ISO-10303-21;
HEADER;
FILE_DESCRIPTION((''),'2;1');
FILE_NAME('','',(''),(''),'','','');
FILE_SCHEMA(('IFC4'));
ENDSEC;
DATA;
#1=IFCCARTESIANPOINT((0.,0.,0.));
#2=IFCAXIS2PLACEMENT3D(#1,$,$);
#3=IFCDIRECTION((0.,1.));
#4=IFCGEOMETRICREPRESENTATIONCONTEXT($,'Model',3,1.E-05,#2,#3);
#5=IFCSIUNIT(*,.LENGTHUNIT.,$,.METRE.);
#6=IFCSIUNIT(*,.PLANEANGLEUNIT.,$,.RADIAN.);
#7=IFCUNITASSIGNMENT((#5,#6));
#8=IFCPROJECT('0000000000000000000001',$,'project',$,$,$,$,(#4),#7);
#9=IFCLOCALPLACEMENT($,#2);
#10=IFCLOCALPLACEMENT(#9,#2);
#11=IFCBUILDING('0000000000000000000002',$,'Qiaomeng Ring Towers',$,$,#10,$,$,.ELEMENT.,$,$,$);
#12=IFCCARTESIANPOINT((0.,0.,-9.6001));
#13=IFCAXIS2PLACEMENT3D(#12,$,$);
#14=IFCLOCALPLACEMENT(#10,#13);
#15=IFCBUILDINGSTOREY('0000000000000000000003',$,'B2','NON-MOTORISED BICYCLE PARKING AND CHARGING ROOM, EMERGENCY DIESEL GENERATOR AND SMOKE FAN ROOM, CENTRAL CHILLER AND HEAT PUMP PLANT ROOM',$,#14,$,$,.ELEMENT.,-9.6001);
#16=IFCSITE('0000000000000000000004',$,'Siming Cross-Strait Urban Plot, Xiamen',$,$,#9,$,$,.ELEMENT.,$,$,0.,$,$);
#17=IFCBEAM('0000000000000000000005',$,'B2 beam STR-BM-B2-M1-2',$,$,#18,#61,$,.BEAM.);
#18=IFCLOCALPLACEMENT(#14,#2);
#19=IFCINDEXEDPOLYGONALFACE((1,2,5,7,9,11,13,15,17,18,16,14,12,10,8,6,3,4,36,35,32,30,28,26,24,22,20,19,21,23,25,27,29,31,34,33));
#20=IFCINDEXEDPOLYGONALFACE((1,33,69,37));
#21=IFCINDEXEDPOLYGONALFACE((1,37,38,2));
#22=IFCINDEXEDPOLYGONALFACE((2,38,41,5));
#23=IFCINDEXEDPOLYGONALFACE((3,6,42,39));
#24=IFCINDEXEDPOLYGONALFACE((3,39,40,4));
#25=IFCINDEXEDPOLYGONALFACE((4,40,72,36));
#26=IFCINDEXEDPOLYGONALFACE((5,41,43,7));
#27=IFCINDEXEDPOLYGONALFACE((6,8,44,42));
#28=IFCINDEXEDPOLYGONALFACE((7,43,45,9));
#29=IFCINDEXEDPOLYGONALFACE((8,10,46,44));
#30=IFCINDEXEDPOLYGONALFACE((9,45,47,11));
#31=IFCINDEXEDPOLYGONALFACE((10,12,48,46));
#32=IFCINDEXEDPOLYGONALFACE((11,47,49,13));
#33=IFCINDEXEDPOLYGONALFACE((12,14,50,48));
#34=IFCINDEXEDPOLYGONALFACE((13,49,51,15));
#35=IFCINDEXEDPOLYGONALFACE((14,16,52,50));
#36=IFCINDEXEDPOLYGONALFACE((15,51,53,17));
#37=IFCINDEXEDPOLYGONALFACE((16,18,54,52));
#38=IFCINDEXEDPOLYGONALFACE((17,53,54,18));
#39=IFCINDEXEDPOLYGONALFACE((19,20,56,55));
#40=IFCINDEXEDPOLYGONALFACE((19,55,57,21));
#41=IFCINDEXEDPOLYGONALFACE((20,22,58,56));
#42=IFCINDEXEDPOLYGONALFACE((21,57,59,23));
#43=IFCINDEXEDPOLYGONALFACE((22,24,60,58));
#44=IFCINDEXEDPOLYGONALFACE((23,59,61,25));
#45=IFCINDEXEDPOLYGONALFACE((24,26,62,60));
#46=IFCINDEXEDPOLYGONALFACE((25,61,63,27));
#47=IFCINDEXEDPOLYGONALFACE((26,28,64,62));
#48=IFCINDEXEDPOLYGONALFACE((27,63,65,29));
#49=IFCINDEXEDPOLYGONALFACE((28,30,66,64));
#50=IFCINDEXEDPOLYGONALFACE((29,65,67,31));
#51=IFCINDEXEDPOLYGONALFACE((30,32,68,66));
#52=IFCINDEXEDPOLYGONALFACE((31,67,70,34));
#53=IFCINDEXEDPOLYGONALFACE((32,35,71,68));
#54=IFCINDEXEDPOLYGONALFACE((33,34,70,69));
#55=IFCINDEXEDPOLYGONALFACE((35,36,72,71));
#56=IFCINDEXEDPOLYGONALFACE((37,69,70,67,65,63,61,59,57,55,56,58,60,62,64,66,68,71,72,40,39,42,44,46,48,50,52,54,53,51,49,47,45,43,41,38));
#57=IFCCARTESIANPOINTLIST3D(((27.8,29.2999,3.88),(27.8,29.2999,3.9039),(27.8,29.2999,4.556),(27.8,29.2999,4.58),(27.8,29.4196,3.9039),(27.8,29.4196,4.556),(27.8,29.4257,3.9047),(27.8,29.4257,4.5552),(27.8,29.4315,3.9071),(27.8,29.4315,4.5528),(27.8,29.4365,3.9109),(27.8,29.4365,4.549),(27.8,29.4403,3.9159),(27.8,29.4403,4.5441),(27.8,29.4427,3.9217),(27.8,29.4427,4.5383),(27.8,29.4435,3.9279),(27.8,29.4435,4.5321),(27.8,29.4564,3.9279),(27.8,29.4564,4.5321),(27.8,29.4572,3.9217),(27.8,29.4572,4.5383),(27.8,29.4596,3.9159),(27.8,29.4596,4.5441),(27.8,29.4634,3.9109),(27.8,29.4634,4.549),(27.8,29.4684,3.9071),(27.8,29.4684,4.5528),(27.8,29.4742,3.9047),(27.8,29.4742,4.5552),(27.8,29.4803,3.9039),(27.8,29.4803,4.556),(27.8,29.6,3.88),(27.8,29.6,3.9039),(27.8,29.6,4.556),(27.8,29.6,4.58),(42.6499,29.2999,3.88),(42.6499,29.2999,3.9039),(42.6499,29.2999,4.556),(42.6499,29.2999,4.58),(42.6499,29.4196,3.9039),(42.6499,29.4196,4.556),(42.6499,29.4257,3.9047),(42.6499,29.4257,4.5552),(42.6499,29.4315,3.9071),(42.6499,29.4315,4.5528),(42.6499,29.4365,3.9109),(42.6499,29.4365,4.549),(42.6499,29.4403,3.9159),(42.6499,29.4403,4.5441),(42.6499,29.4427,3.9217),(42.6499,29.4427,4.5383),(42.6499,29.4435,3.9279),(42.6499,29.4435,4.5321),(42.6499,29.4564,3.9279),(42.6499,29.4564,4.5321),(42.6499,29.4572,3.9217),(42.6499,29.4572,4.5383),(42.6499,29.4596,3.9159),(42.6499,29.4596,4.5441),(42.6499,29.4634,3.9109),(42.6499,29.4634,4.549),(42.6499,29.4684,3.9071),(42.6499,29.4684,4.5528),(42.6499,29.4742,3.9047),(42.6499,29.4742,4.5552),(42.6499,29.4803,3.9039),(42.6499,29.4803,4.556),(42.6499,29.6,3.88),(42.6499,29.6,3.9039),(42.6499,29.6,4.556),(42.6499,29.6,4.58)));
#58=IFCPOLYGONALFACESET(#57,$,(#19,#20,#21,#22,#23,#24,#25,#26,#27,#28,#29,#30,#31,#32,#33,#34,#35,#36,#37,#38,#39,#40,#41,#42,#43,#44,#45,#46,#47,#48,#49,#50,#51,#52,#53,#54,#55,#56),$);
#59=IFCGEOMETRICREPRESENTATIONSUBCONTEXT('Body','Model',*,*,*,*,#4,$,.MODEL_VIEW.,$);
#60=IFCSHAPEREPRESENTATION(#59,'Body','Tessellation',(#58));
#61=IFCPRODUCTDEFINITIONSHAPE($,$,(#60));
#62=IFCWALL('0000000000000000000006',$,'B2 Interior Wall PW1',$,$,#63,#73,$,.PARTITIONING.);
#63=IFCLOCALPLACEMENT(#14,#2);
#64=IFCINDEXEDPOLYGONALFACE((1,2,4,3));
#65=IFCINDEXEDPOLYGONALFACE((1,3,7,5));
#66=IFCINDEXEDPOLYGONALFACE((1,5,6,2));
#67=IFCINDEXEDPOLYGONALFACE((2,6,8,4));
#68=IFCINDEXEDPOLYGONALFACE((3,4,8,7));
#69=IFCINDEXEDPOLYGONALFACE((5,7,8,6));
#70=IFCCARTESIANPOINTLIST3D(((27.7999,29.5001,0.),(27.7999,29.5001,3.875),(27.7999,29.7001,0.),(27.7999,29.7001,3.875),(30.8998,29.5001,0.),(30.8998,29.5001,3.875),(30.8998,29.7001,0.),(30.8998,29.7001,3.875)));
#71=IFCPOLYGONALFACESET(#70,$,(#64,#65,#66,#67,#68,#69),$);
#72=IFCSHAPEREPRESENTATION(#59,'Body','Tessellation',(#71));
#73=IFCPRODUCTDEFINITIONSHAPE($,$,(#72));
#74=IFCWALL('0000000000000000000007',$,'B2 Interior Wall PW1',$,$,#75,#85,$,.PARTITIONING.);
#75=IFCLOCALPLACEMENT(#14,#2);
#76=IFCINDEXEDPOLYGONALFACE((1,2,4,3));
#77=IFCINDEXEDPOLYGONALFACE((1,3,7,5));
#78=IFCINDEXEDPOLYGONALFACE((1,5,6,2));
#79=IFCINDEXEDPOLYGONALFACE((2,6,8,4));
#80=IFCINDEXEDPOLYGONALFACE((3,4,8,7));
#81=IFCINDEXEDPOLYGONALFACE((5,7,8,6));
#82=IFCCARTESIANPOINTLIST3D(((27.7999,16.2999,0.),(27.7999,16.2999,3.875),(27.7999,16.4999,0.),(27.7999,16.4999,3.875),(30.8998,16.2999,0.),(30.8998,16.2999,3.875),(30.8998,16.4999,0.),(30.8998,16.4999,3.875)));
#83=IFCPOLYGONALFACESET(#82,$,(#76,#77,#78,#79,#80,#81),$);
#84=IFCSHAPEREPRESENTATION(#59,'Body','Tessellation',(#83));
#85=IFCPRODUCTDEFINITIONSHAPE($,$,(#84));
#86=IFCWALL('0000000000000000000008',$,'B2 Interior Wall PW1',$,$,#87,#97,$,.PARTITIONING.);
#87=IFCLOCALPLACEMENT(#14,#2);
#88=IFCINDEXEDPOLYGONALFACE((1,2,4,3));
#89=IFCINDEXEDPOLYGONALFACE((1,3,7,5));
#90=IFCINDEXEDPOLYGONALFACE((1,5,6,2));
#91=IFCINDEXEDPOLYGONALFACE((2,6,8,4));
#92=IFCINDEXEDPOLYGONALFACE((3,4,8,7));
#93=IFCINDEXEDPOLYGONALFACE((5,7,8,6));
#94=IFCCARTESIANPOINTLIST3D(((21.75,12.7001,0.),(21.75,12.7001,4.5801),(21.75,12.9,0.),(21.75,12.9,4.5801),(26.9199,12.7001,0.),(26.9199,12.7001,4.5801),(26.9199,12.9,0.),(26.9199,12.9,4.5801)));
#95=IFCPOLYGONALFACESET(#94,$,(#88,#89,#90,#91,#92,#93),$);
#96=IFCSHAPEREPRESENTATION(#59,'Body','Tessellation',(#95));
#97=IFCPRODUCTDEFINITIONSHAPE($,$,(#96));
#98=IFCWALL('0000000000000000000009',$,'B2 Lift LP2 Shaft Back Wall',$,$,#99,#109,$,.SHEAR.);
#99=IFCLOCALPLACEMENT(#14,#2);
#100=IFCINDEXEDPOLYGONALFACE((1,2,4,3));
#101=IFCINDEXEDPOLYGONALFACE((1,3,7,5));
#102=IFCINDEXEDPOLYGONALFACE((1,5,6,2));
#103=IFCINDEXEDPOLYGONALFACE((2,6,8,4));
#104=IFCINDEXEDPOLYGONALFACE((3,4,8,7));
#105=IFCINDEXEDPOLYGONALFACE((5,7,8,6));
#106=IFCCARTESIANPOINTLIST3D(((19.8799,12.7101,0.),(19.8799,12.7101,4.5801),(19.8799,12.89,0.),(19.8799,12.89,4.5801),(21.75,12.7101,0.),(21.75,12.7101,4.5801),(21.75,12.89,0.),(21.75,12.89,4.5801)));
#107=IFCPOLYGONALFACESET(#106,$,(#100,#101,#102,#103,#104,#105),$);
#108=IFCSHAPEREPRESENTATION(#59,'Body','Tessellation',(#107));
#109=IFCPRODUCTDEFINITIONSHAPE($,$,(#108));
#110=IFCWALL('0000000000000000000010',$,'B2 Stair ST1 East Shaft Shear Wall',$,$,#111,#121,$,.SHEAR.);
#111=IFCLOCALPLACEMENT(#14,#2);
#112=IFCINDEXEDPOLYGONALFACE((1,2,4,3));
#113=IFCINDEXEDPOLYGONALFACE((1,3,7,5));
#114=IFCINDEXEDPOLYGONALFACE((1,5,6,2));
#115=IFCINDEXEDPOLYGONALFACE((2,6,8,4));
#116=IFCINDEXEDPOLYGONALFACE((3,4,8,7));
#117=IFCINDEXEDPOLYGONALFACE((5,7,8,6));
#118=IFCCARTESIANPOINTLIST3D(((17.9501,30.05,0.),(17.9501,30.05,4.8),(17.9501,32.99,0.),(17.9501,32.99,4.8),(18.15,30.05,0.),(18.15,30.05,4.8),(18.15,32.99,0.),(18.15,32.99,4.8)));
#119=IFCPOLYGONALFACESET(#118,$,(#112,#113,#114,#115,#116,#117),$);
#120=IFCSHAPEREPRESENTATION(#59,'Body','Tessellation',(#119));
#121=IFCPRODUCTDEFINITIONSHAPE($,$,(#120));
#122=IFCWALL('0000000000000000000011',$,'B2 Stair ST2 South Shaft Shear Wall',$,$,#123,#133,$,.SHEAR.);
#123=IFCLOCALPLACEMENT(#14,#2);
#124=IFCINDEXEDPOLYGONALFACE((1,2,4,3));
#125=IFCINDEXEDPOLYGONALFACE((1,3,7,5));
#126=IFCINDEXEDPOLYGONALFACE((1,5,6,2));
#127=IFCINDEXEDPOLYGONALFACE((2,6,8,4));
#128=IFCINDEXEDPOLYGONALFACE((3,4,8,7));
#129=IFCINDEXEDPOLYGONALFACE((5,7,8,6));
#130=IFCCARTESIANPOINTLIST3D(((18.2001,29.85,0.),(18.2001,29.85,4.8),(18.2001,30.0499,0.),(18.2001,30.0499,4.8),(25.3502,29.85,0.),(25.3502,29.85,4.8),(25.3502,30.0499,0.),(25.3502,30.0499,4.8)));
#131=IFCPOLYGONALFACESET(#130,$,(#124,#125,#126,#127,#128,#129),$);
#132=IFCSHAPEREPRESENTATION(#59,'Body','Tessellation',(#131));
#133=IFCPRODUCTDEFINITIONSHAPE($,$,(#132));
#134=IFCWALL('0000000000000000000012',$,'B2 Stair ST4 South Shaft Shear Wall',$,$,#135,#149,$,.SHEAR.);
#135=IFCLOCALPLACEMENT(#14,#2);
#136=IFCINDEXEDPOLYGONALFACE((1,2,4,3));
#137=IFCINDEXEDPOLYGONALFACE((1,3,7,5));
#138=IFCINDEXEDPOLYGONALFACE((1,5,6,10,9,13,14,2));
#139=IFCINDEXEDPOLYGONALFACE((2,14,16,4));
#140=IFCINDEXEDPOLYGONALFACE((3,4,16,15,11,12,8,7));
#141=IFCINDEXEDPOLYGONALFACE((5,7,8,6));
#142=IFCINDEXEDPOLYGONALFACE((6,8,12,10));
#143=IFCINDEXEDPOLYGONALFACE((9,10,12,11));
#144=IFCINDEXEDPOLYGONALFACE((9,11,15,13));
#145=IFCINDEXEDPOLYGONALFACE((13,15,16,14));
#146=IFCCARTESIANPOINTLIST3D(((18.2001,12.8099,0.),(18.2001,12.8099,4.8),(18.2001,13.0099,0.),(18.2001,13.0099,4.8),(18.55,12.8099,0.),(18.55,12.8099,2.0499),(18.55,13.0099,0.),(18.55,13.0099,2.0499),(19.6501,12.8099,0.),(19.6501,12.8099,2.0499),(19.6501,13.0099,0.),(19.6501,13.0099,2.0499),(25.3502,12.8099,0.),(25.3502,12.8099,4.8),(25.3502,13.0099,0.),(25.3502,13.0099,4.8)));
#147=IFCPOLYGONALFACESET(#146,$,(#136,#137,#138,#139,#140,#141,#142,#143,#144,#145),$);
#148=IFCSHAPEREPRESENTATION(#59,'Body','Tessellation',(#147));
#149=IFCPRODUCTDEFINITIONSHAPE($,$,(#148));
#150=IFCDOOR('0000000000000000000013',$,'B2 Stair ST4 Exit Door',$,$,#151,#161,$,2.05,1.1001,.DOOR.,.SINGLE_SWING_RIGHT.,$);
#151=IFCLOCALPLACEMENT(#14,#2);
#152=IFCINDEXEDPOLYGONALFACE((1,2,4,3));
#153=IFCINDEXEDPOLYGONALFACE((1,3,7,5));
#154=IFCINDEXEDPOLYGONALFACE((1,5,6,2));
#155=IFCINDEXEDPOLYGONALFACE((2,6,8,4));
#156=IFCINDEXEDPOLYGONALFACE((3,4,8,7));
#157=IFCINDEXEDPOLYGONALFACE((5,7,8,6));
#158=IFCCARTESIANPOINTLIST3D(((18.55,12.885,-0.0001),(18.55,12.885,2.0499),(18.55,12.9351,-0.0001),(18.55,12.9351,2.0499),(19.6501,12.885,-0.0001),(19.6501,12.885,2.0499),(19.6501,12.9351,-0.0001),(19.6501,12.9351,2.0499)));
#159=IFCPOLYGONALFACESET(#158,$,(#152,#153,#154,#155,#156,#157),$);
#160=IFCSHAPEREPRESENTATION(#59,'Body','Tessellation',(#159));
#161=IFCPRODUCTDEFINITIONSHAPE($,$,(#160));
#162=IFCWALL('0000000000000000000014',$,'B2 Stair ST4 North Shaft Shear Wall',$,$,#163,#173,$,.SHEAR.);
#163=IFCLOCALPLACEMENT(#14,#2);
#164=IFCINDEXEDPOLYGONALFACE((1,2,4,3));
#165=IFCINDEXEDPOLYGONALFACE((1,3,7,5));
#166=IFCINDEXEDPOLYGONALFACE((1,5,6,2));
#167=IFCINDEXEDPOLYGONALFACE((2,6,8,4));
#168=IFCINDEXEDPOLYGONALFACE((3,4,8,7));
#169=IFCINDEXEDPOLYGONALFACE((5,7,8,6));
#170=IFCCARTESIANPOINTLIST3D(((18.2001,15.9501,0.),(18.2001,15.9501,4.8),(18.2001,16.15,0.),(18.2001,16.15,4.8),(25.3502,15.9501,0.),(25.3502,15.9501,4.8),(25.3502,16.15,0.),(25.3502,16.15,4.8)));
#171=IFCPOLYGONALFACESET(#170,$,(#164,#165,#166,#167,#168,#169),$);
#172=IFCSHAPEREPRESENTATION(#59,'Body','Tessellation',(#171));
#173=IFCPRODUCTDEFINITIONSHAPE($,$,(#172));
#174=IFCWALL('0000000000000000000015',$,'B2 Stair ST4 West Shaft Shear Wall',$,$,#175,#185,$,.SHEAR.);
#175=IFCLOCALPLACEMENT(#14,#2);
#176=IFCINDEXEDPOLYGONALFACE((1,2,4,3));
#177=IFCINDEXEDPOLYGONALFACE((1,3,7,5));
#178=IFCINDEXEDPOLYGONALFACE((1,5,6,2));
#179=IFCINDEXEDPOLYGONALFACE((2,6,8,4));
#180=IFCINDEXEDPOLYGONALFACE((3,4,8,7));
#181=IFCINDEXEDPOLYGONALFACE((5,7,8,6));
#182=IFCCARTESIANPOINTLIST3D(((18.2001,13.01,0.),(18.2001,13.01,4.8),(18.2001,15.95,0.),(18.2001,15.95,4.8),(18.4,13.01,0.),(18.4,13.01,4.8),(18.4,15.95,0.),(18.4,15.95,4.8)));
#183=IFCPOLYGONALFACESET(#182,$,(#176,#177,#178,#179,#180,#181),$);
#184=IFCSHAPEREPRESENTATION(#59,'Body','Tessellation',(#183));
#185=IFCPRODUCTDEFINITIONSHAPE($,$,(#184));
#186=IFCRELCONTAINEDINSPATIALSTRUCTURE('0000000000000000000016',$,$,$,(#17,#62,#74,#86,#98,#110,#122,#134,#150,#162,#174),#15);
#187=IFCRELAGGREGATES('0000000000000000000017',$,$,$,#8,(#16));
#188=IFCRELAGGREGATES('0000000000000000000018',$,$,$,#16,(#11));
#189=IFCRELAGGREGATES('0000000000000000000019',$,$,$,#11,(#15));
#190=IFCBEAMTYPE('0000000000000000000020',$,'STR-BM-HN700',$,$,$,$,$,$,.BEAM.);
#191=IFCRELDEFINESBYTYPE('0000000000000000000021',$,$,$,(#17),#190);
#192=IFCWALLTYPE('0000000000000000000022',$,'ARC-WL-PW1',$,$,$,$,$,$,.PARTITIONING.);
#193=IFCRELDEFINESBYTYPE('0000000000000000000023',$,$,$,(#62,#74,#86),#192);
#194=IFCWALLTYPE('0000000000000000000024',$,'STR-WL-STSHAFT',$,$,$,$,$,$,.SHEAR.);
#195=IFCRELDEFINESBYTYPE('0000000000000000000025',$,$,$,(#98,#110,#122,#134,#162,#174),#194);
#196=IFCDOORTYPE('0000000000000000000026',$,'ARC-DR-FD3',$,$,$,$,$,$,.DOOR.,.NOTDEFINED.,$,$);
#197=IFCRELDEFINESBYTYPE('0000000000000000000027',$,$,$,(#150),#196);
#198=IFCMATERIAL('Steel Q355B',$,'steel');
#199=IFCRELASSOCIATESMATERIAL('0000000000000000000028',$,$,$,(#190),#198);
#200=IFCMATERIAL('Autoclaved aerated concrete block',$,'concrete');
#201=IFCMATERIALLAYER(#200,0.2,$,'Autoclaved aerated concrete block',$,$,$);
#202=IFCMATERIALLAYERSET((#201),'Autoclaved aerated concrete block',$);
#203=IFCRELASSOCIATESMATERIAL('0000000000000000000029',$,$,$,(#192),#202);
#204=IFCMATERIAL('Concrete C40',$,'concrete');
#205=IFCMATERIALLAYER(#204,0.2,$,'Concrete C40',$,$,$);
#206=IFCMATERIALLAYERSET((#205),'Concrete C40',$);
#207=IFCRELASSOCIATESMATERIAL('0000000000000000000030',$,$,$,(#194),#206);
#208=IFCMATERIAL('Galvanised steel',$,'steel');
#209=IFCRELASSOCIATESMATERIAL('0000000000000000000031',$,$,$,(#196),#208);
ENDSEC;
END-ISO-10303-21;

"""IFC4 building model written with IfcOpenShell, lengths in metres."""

from ifc_helpers import new_model, si_unit, direction, frame, frame_2d, origin, origin_2d, place, context, subcontext, project, spatial, rectangle, i_section, extrude, source, transform, mapped, material, layer, layer_set, material_profile, profile_set, type_object, element, fill, save


model = new_model("IFC4")

# Units and contexts
model_context = context("Model", 3, precision=1e-05, world=origin(), true_north=direction((0.0, 1.0)))
body_context = subcontext(model_context, "Body", "Model", "MODEL_VIEW")
ifc_project = project(units=[si_unit("LENGTHUNIT", "METRE"), si_unit("PLANEANGLEUNIT", "RADIAN")], contexts=[model_context])

# Site, building, storey
site_placement = place(None, origin())
site = spatial("IfcSite", under=ifc_project, at=site_placement, Name="Siming Cross-Strait Urban Plot, Xiamen", CompositionType="ELEMENT", RefElevation=0.0)
building_placement = place(site_placement, origin())
building = spatial("IfcBuilding", under=site, at=building_placement, Name="Qiaomeng Ring Towers", CompositionType="ELEMENT")
storey_placement = place(building_placement, frame((0.0, 0.0, -9.6001)))
storey = spatial("IfcBuildingStorey", under=building, at=storey_placement, Name="B2", Description="NON-MOTORISED BICYCLE PARKING AND CHARGING ROOM, EMERGENCY DIESEL GENERATOR AND SMOKE FAN ROOM, CENTRAL CHILLER AND HEAT PUMP PLANT ROOM", CompositionType="ELEMENT", Elevation=-9.6001)

# Shared definitions
ifc_material_1 = material(Name="Concrete C40", Category="concrete")

# Beam
ifc_material_2 = material(Name="Steel Q355B", Category="steel")
ifc_material_profile_1 = material_profile(ifc_material_2, i_section(OverallWidth=0.3, OverallDepth=0.7, WebThickness=0.0129, FlangeThickness=0.0239, FilletRadius=0.0239, at=origin_2d()), Name="HN 700x300x13x24")
ifc_profile_set_1 = profile_set([ifc_material_profile_1], Name="Steel Q355B")
beam_type = type_object("IfcBeamType", Name="STR-BM-HN700", PredefinedType="BEAM", material=ifc_profile_set_1)
shared_shape_1 = source(origin(), body_context, "Body", "SweptSolid", [
    extrude(i_section(OverallWidth=0.3, OverallDepth=0.7, WebThickness=0.0129, FlangeThickness=0.0239, FilletRadius=0.0239, at=origin_2d()), origin(), (0.0, 0.0, 1.0), 14.8499),
])
for number, where, z_axis, x_axis, name in (
    (1, (27.8, 29.45, 4.23), (1.0, 0.0, 0.0), (0.0, 1.0, 0.0), "B2 beam STR-BM-B2-M1-2"),
):
    element("IfcBeam", number, at=place(storey_placement, frame(where, z_axis=z_axis, x_axis=x_axis)), inside=storey, type_object=beam_type, Name=name, PredefinedType="BEAM", context=body_context, shape_type="MappedRepresentation", body=[
        mapped(shared_shape_1, transform((0.0, 0.0, 0.0), x_axis=(1.0, 0.0, 0.0), y_axis=(0.0, 1.0, 0.0), z_axis=(0.0, 0.0, 1.0), scale=1.0)),
    ])

# Walls
ifc_material_3 = material(Name="Autoclaved aerated concrete block", Category="concrete")
ifc_layer_1 = layer(ifc_material_3, 0.2, Name="Autoclaved aerated concrete block")
ifc_layer_set_1 = layer_set([ifc_layer_1], Name="Autoclaved aerated concrete block")
wall_type_1 = type_object("IfcWallType", Name="ARC-WL-PW1", PredefinedType="PARTITIONING", material=ifc_layer_set_1)
for number, where, z_axis, x_axis, name in (
    (2, (27.8, 29.6001, 0.0), (0.0, 0.0, 1.0), (1.0, 0.0, 0.0), "B2 Interior Wall PW1"),
    (3, (27.8, 16.3999, 0.0), (0.0, 0.0, 1.0), (1.0, 0.0, 0.0), "B2 Interior Wall PW1"),
):
    element("IfcWall", number, at=place(storey_placement, frame(where, z_axis=z_axis, x_axis=x_axis)), inside=storey, type_object=wall_type_1, Name=name, PredefinedType="PARTITIONING", context=body_context, shape_type="SweptSolid", body=[
        extrude(rectangle(XDim=3.0999, YDim=0.2, at=frame_2d((1.5498, 0.0))), origin(), (0.0, 0.0, 1.0), 3.875),
    ])
wall_1_placement = place(storey_placement, frame((21.75, 12.8, 0.0), z_axis=(0.0, 0.0, 1.0), x_axis=(1.0, 0.0, 0.0)))
element("IfcWall", 4, at=wall_1_placement, inside=storey, type_object=wall_type_1, Name="B2 Interior Wall PW1", PredefinedType="PARTITIONING", context=body_context, shape_type="SweptSolid", body=[
    extrude(rectangle(XDim=5.1699, YDim=0.2, at=frame_2d((2.585, 0.0))), origin(), (0.0, 0.0, 1.0), 4.5801),
])
ifc_layer_2 = layer(ifc_material_1, 0.2, Name="Concrete C40")
ifc_layer_set_2 = layer_set([ifc_layer_2], Name="Concrete C40")
wall_type_2 = type_object("IfcWallType", Name="STR-WL-STSHAFT", PredefinedType="SHEAR", material=ifc_layer_set_2)
wall_2_placement = place(storey_placement, frame((19.8799, 12.8, 0.0), z_axis=(0.0, 0.0, 1.0), x_axis=(1.0, 0.0, 0.0)))
element("IfcWall", 5, at=wall_2_placement, inside=storey, type_object=wall_type_2, Name="B2 Lift LP2 Shaft Back Wall", PredefinedType="SHEAR", context=body_context, shape_type="SweptSolid", body=[
    extrude(rectangle(XDim=1.8701, YDim=0.1799, at=frame_2d((0.9351, 0.0))), origin(), (0.0, 0.0, 1.0), 4.5801),
])
wall_3_placement = place(storey_placement, frame((18.05, 30.05, 0.0), z_axis=(0.0, 0.0, 1.0), x_axis=(0.0, 1.0, 0.0)))
element("IfcWall", 6, at=wall_3_placement, inside=storey, type_object=wall_type_2, Name="B2 Stair ST1 East Shaft Shear Wall", PredefinedType="SHEAR", context=body_context, shape_type="SweptSolid", body=[
    extrude(rectangle(XDim=2.9399, YDim=0.2, at=frame_2d((1.47, 0.0))), origin(), (0.0, 0.0, 1.0), 4.8),
])
wall_4_placement = place(storey_placement, frame((18.2, 29.95, 0.0), z_axis=(0.0, 0.0, 1.0), x_axis=(1.0, 0.0, 0.0)))
element("IfcWall", 7, at=wall_4_placement, inside=storey, type_object=wall_type_2, Name="B2 Stair ST2 South Shaft Shear Wall", PredefinedType="SHEAR", context=body_context, shape_type="SweptSolid", body=[
    extrude(rectangle(XDim=7.1501, YDim=0.2, at=frame_2d((3.5752, 0.0))), origin(), (0.0, 0.0, 1.0), 4.8),
])

# Wall, opening, door
wall_5_placement = place(storey_placement, frame((18.2, 12.9099, 0.0), z_axis=(0.0, 0.0, 1.0), x_axis=(1.0, 0.0, 0.0)))
wall_5 = element("IfcWall", 8, at=wall_5_placement, inside=storey, type_object=wall_type_2, Name="B2 Stair ST4 South Shaft Shear Wall", PredefinedType="SHEAR", context=body_context, shape_type="SweptSolid", body=[
    extrude(rectangle(XDim=7.1501, YDim=0.2, at=frame_2d((3.5752, 0.0))), origin(), (0.0, 0.0, 1.0), 4.8),
])
opening_1_placement = place(wall_5_placement, frame((0.3501, 0.0, 0.0)))
opening_1 = element("IfcOpeningElement", 9, at=opening_1_placement, cuts=wall_5, PredefinedType="OPENING", context=body_context, shape_type="SweptSolid", body=[
    extrude(rectangle(XDim=1.1001, YDim=2.05, at=frame_2d((0.55, 1.0249))), frame((0.0, 0.1099, 0.0), z_axis=(0.0, -1.0, 0.0), x_axis=(1.0, 0.0, 0.0)), (0.0, 0.0, 1.0), 0.22),
])
ifc_material_4 = material(Name="Galvanised steel", Category="steel")
door_type_1 = type_object("IfcDoorType", Name="ARC-DR-FD3", OperationType="NOTDEFINED", PredefinedType="DOOR", material=ifc_material_4)
shared_shape_2 = source(origin(), body_context, "Body", "SweptSolid", [
    extrude(rectangle(XDim=1.1001, YDim=2.05, at=frame_2d((0.55, 1.0249))), frame((0.0, 0.0249, 0.0), z_axis=(0.0, -1.0, 0.0), x_axis=(1.0, 0.0, 0.0)), (0.0, 0.0, 1.0), 0.05),
])
door_1_placement = place(opening_1_placement, frame((1.1001, 0.0, 0.0), z_axis=(0.0, 0.0, 1.0), x_axis=(-1.0, 0.0, 0.0)))
door_1 = element("IfcDoor", 10, at=door_1_placement, inside=storey, type_object=door_type_1, Name="B2 Stair ST4 Exit Door", OperationType="SINGLE_SWING_RIGHT", OverallHeight=2.05, OverallWidth=1.1001, PredefinedType="DOOR", context=body_context, shape_type="MappedRepresentation", body=[
    mapped(shared_shape_2, transform((0.0, 0.0, 0.0), x_axis=(1.0, 0.0, 0.0), y_axis=(0.0, 1.0, 0.0), z_axis=(0.0, 0.0, 1.0), scale=1.0)),
])
fill(opening_1, door_1)

# Walls
wall_6_placement = place(storey_placement, frame((18.2, 16.05, 0.0), z_axis=(0.0, 0.0, 1.0), x_axis=(1.0, 0.0, 0.0)))
element("IfcWall", 11, at=wall_6_placement, inside=storey, type_object=wall_type_2, Name="B2 Stair ST4 North Shaft Shear Wall", PredefinedType="SHEAR", context=body_context, shape_type="SweptSolid", body=[
    extrude(rectangle(XDim=7.1501, YDim=0.2, at=frame_2d((3.5752, 0.0))), origin(), (0.0, 0.0, 1.0), 4.8),
])
for number, where, z_axis, x_axis, name in (
    (12, (18.3, 13.01, 0.0), (0.0, 0.0, 1.0), (0.0, 1.0, 0.0), "B2 Stair ST4 West Shaft Shear Wall"),
):
    element("IfcWall", number, at=place(storey_placement, frame(where, z_axis=z_axis, x_axis=x_axis)), inside=storey, type_object=wall_type_2, Name=name, PredefinedType="SHEAR", context=body_context, shape_type="SweptSolid", body=[
        extrude(rectangle(XDim=2.9399, YDim=0.2, at=frame_2d((1.47, 0.0))), origin(), (0.0, 0.0, 1.0), 4.8),
    ])

save(model, "model.ifc")
